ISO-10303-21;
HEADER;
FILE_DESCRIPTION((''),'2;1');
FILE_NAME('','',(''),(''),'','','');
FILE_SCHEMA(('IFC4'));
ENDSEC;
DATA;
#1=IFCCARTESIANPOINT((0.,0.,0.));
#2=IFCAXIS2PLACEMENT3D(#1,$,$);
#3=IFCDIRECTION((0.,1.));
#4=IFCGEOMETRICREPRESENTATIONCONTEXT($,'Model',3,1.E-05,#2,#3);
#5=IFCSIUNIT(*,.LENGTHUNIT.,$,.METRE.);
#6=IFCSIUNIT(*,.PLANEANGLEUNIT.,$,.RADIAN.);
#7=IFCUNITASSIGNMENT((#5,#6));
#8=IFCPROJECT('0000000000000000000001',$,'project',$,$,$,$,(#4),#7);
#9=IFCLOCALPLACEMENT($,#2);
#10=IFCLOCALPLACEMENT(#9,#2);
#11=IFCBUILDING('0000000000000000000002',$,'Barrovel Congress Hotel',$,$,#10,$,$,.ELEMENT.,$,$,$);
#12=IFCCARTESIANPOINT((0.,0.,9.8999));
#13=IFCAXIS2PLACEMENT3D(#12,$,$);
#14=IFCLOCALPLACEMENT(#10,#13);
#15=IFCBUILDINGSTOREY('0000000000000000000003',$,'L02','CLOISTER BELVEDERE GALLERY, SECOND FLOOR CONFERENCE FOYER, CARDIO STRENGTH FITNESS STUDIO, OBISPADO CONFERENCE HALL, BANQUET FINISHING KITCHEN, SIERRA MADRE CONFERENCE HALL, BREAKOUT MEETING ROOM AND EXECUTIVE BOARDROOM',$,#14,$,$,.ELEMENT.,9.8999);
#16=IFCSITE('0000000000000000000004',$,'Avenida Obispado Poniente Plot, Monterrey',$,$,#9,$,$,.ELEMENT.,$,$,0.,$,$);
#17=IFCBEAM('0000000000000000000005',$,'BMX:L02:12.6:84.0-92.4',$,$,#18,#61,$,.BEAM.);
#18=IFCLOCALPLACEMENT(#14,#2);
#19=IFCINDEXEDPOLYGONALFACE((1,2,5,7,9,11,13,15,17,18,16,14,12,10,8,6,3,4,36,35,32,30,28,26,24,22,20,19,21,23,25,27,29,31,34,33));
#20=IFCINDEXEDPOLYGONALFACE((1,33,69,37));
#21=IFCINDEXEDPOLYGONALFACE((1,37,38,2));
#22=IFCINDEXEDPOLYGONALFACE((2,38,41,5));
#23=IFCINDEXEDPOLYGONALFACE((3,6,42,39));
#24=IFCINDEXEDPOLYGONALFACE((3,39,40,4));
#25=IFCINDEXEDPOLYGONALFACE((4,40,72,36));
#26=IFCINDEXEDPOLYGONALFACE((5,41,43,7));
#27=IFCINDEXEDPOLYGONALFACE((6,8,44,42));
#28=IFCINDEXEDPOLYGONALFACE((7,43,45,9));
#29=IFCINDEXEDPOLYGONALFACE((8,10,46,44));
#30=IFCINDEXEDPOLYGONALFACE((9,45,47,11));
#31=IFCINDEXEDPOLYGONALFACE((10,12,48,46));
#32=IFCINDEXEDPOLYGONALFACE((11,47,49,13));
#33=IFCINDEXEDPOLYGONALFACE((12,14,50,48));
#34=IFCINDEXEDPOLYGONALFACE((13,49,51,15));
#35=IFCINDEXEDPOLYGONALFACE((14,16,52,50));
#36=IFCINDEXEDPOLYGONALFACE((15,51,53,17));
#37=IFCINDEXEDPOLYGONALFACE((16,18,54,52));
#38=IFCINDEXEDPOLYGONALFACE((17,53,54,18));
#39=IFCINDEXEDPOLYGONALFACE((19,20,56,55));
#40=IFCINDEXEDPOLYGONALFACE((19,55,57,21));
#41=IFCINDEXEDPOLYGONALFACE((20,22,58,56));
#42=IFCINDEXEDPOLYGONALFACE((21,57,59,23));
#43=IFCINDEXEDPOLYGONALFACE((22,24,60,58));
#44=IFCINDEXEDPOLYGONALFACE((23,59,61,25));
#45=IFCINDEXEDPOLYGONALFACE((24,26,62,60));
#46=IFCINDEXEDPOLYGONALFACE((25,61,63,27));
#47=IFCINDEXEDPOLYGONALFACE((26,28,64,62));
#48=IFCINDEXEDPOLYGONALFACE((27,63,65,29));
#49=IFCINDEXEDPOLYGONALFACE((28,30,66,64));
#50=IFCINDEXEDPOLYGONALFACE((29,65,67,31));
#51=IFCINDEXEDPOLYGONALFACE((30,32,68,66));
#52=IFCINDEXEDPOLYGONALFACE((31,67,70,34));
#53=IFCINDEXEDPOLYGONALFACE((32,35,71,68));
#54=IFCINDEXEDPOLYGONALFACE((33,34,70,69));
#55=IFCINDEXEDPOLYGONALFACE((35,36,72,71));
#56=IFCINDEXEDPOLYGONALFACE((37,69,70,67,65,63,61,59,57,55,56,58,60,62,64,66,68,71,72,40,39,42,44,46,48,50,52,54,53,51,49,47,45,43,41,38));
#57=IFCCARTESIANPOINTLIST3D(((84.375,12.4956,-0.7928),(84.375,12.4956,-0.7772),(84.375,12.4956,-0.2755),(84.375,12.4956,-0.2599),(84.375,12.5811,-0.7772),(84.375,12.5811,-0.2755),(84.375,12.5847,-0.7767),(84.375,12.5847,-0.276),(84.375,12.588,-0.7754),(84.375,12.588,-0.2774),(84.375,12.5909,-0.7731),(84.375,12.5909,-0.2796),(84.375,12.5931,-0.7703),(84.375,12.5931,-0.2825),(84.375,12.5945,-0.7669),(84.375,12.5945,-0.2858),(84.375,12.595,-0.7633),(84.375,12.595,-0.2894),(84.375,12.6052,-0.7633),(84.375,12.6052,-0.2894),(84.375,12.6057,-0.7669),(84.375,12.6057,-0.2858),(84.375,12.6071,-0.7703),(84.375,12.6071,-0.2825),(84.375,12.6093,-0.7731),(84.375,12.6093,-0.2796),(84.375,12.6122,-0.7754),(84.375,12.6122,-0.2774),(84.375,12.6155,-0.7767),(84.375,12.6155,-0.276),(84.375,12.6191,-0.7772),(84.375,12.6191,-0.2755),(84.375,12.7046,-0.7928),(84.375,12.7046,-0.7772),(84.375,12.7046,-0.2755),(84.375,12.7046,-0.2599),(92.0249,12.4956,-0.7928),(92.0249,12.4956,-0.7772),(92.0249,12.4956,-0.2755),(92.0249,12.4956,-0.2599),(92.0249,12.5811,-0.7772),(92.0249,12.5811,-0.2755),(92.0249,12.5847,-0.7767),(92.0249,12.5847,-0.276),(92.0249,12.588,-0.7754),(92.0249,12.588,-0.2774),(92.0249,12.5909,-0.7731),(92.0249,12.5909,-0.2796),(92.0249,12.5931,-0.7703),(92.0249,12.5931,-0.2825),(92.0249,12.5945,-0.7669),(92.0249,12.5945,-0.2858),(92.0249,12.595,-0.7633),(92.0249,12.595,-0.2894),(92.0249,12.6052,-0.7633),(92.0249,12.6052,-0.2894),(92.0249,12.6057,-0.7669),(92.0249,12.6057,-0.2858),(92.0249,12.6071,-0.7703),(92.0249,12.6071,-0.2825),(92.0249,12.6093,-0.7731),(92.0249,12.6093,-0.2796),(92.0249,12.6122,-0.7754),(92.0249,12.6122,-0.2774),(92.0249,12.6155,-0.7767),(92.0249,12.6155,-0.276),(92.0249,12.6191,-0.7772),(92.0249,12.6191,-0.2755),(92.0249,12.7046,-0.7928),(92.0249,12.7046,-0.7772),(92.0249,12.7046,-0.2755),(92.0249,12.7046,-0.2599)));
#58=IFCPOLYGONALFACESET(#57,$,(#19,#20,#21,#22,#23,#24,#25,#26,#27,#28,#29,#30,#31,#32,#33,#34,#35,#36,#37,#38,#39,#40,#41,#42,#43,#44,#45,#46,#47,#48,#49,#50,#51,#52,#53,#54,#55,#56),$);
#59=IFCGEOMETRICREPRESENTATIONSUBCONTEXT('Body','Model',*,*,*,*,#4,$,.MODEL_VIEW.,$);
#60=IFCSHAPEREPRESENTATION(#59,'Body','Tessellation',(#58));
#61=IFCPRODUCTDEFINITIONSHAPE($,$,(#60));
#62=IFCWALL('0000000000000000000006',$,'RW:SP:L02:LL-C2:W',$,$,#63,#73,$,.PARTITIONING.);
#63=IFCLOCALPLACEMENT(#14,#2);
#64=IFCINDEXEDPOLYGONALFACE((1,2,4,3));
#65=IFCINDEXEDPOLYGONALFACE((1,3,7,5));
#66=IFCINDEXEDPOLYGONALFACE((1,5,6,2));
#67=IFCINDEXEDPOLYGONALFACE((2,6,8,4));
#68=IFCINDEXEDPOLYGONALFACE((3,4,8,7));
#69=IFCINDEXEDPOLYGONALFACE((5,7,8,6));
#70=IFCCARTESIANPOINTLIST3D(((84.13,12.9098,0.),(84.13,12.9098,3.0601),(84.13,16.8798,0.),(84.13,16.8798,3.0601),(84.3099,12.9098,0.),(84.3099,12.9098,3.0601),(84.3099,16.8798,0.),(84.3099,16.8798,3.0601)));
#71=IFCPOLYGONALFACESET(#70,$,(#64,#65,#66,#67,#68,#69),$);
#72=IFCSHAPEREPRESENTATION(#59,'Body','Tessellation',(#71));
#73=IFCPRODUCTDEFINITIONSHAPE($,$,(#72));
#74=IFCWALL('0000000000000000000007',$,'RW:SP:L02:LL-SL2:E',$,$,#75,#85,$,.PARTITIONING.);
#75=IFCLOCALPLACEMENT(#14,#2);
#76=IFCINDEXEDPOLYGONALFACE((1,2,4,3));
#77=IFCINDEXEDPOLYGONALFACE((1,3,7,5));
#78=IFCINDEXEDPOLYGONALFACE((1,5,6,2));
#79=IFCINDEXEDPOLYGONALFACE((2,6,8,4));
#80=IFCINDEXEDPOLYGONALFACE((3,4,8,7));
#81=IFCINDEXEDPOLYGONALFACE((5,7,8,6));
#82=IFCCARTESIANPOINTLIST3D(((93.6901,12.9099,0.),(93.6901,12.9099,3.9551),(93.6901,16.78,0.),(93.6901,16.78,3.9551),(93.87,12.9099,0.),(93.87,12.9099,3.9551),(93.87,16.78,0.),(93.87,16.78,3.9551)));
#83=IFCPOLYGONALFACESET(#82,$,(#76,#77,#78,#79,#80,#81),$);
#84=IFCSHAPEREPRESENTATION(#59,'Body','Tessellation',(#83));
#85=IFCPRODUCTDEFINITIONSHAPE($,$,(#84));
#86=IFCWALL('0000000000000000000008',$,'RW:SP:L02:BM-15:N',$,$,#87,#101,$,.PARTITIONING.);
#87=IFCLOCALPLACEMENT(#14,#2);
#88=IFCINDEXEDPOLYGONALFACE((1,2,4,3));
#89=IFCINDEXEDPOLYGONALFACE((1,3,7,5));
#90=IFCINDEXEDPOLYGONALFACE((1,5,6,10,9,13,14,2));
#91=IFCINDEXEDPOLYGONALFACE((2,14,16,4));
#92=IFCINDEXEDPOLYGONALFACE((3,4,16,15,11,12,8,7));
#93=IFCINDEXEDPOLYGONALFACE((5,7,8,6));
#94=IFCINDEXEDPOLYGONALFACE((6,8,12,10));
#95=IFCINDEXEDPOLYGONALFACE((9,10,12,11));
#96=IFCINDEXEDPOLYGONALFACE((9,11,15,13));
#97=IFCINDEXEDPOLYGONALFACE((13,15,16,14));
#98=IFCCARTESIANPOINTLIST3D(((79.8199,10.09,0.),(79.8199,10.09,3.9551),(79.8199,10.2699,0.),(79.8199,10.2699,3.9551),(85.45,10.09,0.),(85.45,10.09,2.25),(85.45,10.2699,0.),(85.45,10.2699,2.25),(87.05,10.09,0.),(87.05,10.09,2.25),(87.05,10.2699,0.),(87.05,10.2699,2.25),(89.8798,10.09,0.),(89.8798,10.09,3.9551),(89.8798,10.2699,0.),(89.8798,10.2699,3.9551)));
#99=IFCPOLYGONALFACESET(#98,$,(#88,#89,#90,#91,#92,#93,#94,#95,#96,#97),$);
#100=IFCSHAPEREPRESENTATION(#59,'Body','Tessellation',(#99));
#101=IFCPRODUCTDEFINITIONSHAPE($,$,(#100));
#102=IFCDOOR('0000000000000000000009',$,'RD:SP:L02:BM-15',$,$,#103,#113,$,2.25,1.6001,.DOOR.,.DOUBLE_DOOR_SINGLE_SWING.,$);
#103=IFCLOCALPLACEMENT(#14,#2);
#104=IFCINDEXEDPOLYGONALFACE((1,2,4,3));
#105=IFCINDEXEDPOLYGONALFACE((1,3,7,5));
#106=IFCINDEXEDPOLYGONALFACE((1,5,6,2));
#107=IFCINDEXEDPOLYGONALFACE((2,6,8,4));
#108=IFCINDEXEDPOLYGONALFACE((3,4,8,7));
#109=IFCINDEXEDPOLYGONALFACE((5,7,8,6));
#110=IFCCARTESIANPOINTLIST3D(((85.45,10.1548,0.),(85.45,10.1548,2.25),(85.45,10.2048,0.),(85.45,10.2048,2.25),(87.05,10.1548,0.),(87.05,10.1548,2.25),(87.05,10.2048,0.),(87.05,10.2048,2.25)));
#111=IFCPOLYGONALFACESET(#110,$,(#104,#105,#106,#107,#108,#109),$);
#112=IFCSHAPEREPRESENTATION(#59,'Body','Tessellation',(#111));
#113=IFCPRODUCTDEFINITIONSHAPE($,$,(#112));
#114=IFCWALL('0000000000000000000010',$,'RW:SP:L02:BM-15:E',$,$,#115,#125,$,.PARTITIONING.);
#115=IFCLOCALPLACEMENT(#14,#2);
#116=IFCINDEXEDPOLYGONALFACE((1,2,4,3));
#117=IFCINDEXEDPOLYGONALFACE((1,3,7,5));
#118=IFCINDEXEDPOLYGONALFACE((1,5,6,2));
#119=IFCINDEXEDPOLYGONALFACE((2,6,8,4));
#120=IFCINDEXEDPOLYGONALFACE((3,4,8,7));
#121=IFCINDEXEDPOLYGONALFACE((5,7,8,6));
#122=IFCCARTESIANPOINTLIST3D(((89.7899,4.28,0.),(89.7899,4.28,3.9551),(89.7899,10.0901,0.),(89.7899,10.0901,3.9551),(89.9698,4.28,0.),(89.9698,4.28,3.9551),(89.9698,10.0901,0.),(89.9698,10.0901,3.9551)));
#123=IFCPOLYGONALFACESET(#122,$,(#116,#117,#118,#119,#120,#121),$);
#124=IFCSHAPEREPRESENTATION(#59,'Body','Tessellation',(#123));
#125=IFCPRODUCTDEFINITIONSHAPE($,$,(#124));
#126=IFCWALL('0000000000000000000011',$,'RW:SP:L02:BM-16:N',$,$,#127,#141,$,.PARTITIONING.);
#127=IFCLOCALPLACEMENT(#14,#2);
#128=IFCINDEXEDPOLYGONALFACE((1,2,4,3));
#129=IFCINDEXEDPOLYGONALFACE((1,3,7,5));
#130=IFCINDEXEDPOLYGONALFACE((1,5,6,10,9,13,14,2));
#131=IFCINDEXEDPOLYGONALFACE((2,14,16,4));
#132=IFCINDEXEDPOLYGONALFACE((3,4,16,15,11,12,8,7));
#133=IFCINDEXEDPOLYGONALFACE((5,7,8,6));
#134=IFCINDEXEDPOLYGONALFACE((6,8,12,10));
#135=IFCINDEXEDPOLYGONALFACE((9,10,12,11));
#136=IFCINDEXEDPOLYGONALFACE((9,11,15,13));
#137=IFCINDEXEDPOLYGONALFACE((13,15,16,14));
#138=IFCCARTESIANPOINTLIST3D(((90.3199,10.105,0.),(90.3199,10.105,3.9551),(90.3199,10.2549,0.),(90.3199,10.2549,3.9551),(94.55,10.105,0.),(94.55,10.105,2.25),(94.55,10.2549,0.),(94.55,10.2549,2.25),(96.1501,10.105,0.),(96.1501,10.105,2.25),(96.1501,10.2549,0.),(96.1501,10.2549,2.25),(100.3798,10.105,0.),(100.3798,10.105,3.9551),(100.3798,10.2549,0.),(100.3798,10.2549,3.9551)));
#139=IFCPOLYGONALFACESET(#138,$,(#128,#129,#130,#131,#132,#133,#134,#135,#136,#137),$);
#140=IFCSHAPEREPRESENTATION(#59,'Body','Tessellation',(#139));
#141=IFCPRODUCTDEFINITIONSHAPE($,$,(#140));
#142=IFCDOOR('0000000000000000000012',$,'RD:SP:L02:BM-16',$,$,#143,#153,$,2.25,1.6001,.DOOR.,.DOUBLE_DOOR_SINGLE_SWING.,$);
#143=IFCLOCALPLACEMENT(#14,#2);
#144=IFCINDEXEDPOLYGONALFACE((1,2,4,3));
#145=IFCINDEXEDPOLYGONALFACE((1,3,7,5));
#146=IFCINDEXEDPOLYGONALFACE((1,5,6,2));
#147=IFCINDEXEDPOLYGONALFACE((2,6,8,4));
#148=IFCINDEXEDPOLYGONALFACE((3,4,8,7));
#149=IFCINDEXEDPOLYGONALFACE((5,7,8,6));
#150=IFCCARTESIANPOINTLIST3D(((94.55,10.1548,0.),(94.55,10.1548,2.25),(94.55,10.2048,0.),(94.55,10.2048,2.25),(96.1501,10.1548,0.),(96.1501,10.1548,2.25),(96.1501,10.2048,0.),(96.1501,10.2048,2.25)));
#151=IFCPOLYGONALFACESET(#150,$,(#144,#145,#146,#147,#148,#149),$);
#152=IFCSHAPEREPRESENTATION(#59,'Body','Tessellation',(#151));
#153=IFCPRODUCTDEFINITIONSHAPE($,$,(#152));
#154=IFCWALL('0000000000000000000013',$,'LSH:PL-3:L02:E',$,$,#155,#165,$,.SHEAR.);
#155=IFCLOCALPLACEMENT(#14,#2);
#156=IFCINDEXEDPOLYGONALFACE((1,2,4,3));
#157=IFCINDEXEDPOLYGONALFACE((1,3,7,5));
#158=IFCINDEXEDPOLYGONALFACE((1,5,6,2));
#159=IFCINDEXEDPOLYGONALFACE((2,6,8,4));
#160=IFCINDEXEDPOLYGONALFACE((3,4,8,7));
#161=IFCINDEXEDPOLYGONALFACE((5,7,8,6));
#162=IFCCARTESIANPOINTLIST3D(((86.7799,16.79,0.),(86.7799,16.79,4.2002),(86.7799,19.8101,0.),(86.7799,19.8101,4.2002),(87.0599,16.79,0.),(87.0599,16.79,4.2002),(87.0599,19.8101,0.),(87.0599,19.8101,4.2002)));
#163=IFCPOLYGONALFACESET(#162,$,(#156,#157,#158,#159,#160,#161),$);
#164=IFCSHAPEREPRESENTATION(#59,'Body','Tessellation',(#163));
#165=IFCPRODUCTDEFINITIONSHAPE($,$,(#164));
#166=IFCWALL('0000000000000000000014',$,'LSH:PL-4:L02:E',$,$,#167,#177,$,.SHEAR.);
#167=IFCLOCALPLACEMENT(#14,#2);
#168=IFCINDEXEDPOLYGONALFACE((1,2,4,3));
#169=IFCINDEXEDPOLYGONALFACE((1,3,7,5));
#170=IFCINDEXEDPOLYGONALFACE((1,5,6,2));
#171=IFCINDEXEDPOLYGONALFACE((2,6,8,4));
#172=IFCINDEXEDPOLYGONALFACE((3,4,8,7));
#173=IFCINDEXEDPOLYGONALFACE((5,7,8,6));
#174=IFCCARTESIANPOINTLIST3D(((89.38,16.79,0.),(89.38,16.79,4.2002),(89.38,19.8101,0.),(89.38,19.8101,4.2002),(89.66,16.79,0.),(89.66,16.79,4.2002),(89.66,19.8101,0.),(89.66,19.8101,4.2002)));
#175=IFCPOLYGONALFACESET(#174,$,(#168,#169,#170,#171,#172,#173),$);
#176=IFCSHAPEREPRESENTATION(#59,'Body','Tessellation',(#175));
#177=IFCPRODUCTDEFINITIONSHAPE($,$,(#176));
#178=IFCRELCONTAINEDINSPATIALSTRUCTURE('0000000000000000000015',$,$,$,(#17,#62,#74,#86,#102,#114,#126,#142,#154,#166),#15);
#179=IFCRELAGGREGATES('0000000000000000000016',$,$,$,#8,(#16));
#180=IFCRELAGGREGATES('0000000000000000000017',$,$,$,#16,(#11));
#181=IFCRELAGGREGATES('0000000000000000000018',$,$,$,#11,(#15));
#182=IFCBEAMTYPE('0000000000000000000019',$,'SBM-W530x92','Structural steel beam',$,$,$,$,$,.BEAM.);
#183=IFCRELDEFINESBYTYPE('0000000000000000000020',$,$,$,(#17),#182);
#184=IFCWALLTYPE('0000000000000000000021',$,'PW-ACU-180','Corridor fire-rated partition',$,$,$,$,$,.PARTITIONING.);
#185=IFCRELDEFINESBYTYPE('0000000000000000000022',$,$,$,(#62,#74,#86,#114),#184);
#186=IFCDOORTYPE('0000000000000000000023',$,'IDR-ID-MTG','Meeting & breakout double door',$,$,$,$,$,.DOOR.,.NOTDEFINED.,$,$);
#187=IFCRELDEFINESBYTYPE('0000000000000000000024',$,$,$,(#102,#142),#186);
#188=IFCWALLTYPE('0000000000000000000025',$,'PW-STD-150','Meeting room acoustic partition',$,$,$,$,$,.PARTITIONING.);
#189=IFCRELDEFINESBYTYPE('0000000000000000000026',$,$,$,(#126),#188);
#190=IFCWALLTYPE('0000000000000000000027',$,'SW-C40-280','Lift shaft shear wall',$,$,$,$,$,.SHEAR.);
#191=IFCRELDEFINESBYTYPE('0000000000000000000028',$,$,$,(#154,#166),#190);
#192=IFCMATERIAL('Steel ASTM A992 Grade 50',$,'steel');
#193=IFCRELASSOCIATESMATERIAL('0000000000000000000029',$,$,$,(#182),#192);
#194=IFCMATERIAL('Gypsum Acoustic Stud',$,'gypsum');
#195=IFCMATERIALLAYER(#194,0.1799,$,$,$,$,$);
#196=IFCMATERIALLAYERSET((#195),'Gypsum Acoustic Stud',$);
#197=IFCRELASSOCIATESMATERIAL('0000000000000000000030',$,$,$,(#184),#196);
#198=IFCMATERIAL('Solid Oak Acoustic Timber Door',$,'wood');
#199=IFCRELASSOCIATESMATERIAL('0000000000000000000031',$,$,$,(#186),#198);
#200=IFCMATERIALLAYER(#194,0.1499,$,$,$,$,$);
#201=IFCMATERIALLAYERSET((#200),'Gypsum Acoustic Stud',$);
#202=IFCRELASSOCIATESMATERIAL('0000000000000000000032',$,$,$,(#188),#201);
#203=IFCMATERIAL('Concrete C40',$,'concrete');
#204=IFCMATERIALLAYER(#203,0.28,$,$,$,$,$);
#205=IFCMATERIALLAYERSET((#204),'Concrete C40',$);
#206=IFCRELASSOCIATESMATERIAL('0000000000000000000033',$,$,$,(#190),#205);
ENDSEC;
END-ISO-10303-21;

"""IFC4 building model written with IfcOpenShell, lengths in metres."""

from ifc_helpers import new_model, si_unit, direction, frame, frame_2d, origin, origin_2d, place, context, subcontext, project, spatial, rectangle, i_section, extrude, material, layer, layer_set, material_profile, profile_set, type_object, element, fill, save


model = new_model("IFC4")

# Units and contexts
model_context = context("Model", 3, precision=1e-05, world=origin(), true_north=direction((0.0, 1.0)))
body_context = subcontext(model_context, "Body", "Model", "MODEL_VIEW")
ifc_project = project(units=[si_unit("LENGTHUNIT", "METRE"), si_unit("PLANEANGLEUNIT", "RADIAN")], contexts=[model_context])

# Site, building, storey
site_placement = place(None, origin())
site = spatial("IfcSite", under=ifc_project, at=site_placement, Name="Avenida Obispado Poniente Plot, Monterrey", CompositionType="ELEMENT", RefElevation=0.0)
building_placement = place(site_placement, origin())
building = spatial("IfcBuilding", under=site, at=building_placement, Name="Barrovel Congress Hotel", CompositionType="ELEMENT")
storey_placement = place(building_placement, frame((0.0, 0.0, 9.8999)))
storey = spatial("IfcBuildingStorey", under=building, at=storey_placement, Name="L02", Description="CLOISTER BELVEDERE GALLERY, SECOND FLOOR CONFERENCE FOYER, CARDIO STRENGTH FITNESS STUDIO, OBISPADO CONFERENCE HALL, BANQUET FINISHING KITCHEN, SIERRA MADRE CONFERENCE HALL, BREAKOUT MEETING ROOM AND EXECUTIVE BOARDROOM", CompositionType="ELEMENT", Elevation=9.8999)

# Shared definitions
ifc_material_1 = material(Name="Concrete C40", Category="concrete")

# Beam
ifc_material_2 = material(Name="Steel ASTM A992 Grade 50", Category="steel")
ifc_material_profile_1 = material_profile(ifc_material_2, i_section(OverallWidth=0.209, OverallDepth=0.533, WebThickness=0.0103, FlangeThickness=0.0156, FilletRadius=0.0139, at=origin_2d()), Name="W530x92")
ifc_profile_set_1 = profile_set([ifc_material_profile_1], Name="Steel ASTM A992 Grade 50")
beam_type_1 = type_object("IfcBeamType", Name="SBM-W530x92", Description="Structural steel beam", PredefinedType="BEAM", material=ifc_profile_set_1)
beam_1_placement = place(storey_placement, frame((84.375, 12.6001, -0.5264), z_axis=(1.0, 0.0, 0.0), x_axis=(0.0, 1.0, 0.0)))
element("IfcBeam", 1, at=beam_1_placement, inside=storey, type_object=beam_type_1, Name="BMX:L02:12.6:84.0-92.4", PredefinedType="BEAM", context=body_context, shape_type="SweptSolid", body=[
    extrude(i_section(OverallWidth=0.209, OverallDepth=0.533, WebThickness=0.0103, FlangeThickness=0.0156, FilletRadius=0.0139, at=origin_2d()), origin(), (0.0, 0.0, 1.0), 7.6499),
])

# Shared definitions
ifc_material_3 = material(Name="Gypsum Acoustic Stud", Category="gypsum")
ifc_layer_1 = layer(ifc_material_3, 0.1799)
ifc_layer_set_1 = layer_set([ifc_layer_1], Name="Gypsum Acoustic Stud")
wall_type_1 = type_object("IfcWallType", Name="PW-ACU-180", Description="Corridor fire-rated partition", PredefinedType="PARTITIONING", material=ifc_layer_set_1)

# Wall
wall_1_placement = place(storey_placement, frame((84.22, 12.9099, 0.0), z_axis=(0.0, 0.0, 1.0), x_axis=(0.0, 1.0, 0.0)))
element("IfcWall", 2, at=wall_1_placement, inside=storey, type_object=wall_type_1, Name="RW:SP:L02:LL-C2:W", PredefinedType="PARTITIONING", context=body_context, shape_type="SweptSolid", body=[
    extrude(rectangle(XDim=3.97, YDim=0.1799, at=frame_2d((1.9849, 0.0))), origin(), (0.0, 0.0, 1.0), 3.0601),
])

# Shared definitions
ifc_material_4 = material(Name="Solid Oak Acoustic Timber Door", Category="wood")

# Wall
wall_2_placement = place(storey_placement, frame((93.78, 12.9099, 0.0), z_axis=(0.0, 0.0, 1.0), x_axis=(0.0, 1.0, 0.0)))
element("IfcWall", 3, at=wall_2_placement, inside=storey, type_object=wall_type_1, Name="RW:SP:L02:LL-SL2:E", PredefinedType="PARTITIONING", context=body_context, shape_type="SweptSolid", body=[
    extrude(rectangle(XDim=3.8701, YDim=0.1799, at=frame_2d((1.9351, 0.0))), origin(), (0.0, 0.0, 1.0), 3.9551),
])

# Wall, opening, door
wall_3_placement = place(storey_placement, frame((79.8201, 10.1799, 0.0), z_axis=(0.0, 0.0, 1.0), x_axis=(1.0, 0.0, 0.0)))
wall_3 = element("IfcWall", 4, at=wall_3_placement, inside=storey, type_object=wall_type_1, Name="RW:SP:L02:BM-15:N", PredefinedType="PARTITIONING", context=body_context, shape_type="SweptSolid", body=[
    extrude(rectangle(XDim=10.0598, YDim=0.1799, at=frame_2d((5.0298, 0.0))), origin(), (0.0, 0.0, 1.0), 3.9551),
])
opening_1_placement = place(wall_3_placement, frame((5.6299, 0.0, 0.0)))
opening_1 = element("IfcOpeningElement", 5, at=opening_1_placement, cuts=wall_3, PredefinedType="OPENING", context=body_context, shape_type="SweptSolid", body=[
    extrude(rectangle(XDim=1.6001, YDim=2.25, at=frame_2d((0.8, 1.125))), frame((0.0, 0.1001, 0.0), z_axis=(0.0, -1.0, 0.0), x_axis=(1.0, 0.0, 0.0)), (0.0, 0.0, 1.0), 0.2),
])
door_type_1 = type_object("IfcDoorType", Name="IDR-ID-MTG", Description="Meeting & breakout double door", OperationType="NOTDEFINED", PredefinedType="DOOR", material=ifc_material_4)
door_1_placement = place(opening_1_placement, origin())
door_1 = element("IfcDoor", 6, at=door_1_placement, inside=storey, type_object=door_type_1, Name="RD:SP:L02:BM-15", OperationType="DOUBLE_DOOR_SINGLE_SWING", OverallHeight=2.25, OverallWidth=1.6001, PredefinedType="DOOR", context=body_context, shape_type="SweptSolid", body=[
    extrude(rectangle(XDim=1.6001, YDim=2.25, at=frame_2d((0.8, 1.125))), frame((0.0, 0.0249, 0.0), z_axis=(0.0, -1.0, 0.0), x_axis=(1.0, 0.0, 0.0)), (0.0, 0.0, 1.0), 0.05),
])
fill(opening_1, door_1)

# Wall
wall_4_placement = place(storey_placement, frame((89.8799, 4.28, 0.0), z_axis=(0.0, 0.0, 1.0), x_axis=(0.0, 1.0, 0.0)))
element("IfcWall", 7, at=wall_4_placement, inside=storey, type_object=wall_type_1, Name="RW:SP:L02:BM-15:E", PredefinedType="PARTITIONING", context=body_context, shape_type="SweptSolid", body=[
    extrude(rectangle(XDim=5.8101, YDim=0.1799, at=frame_2d((2.905, 0.0))), origin(), (0.0, 0.0, 1.0), 3.9551),
])

# Wall, opening, door
ifc_layer_2 = layer(ifc_material_3, 0.1499)
ifc_layer_set_2 = layer_set([ifc_layer_2], Name="Gypsum Acoustic Stud")
wall_type_2 = type_object("IfcWallType", Name="PW-STD-150", Description="Meeting room acoustic partition", PredefinedType="PARTITIONING", material=ifc_layer_set_2)
wall_5_placement = place(storey_placement, frame((90.3201, 10.1799, 0.0), z_axis=(0.0, 0.0, 1.0), x_axis=(1.0, 0.0, 0.0)))
wall_5 = element("IfcWall", 8, at=wall_5_placement, inside=storey, type_object=wall_type_2, Name="RW:SP:L02:BM-16:N", PredefinedType="PARTITIONING", context=body_context, shape_type="SweptSolid", body=[
    extrude(rectangle(XDim=10.0598, YDim=0.1499, at=frame_2d((5.0298, 0.0))), origin(), (0.0, 0.0, 1.0), 3.9551),
])
opening_2_placement = place(wall_5_placement, frame((4.23, 0.0, 0.0)))
opening_2 = element("IfcOpeningElement", 9, at=opening_2_placement, cuts=wall_5, PredefinedType="OPENING", context=body_context, shape_type="SweptSolid", body=[
    extrude(rectangle(XDim=1.6001, YDim=2.25, at=frame_2d((0.8, 1.125))), frame((0.0, 0.085, 0.0), z_axis=(0.0, -1.0, 0.0), x_axis=(1.0, 0.0, 0.0)), (0.0, 0.0, 1.0), 0.1699),
])
door_2_placement = place(opening_2_placement, origin())
door_2 = element("IfcDoor", 10, at=door_2_placement, inside=storey, type_object=door_type_1, Name="RD:SP:L02:BM-16", OperationType="DOUBLE_DOOR_SINGLE_SWING", OverallHeight=2.25, OverallWidth=1.6001, PredefinedType="DOOR", context=body_context, shape_type="SweptSolid", body=[
    extrude(rectangle(XDim=1.6001, YDim=2.25, at=frame_2d((0.8, 1.125))), frame((0.0, 0.0249, 0.0), z_axis=(0.0, -1.0, 0.0), x_axis=(1.0, 0.0, 0.0)), (0.0, 0.0, 1.0), 0.05),
])
fill(opening_2, door_2)

# Walls
ifc_layer_3 = layer(ifc_material_1, 0.28)
ifc_layer_set_3 = layer_set([ifc_layer_3], Name="Concrete C40")
wall_type_3 = type_object("IfcWallType", Name="SW-C40-280", Description="Lift shaft shear wall", PredefinedType="SHEAR", material=ifc_layer_set_3)
for number, where, z_axis, x_axis, name in (
    (11, (86.9199, 16.79, 0.0), (0.0, 0.0, 1.0), (0.0, 1.0, 0.0), "LSH:PL-3:L02:E"),
    (12, (89.52, 16.79, 0.0), (0.0, 0.0, 1.0), (0.0, 1.0, 0.0), "LSH:PL-4:L02:E"),
):
    element("IfcWall", number, at=place(storey_placement, frame(where, z_axis=z_axis, x_axis=x_axis)), inside=storey, type_object=wall_type_3, Name=name, PredefinedType="SHEAR", context=body_context, shape_type="SweptSolid", body=[
        extrude(rectangle(XDim=3.02, YDim=0.28, at=frame_2d((1.51, 0.0))), origin(), (0.0, 0.0, 1.0), 4.2002),
    ])

save(model, "model.ifc")
